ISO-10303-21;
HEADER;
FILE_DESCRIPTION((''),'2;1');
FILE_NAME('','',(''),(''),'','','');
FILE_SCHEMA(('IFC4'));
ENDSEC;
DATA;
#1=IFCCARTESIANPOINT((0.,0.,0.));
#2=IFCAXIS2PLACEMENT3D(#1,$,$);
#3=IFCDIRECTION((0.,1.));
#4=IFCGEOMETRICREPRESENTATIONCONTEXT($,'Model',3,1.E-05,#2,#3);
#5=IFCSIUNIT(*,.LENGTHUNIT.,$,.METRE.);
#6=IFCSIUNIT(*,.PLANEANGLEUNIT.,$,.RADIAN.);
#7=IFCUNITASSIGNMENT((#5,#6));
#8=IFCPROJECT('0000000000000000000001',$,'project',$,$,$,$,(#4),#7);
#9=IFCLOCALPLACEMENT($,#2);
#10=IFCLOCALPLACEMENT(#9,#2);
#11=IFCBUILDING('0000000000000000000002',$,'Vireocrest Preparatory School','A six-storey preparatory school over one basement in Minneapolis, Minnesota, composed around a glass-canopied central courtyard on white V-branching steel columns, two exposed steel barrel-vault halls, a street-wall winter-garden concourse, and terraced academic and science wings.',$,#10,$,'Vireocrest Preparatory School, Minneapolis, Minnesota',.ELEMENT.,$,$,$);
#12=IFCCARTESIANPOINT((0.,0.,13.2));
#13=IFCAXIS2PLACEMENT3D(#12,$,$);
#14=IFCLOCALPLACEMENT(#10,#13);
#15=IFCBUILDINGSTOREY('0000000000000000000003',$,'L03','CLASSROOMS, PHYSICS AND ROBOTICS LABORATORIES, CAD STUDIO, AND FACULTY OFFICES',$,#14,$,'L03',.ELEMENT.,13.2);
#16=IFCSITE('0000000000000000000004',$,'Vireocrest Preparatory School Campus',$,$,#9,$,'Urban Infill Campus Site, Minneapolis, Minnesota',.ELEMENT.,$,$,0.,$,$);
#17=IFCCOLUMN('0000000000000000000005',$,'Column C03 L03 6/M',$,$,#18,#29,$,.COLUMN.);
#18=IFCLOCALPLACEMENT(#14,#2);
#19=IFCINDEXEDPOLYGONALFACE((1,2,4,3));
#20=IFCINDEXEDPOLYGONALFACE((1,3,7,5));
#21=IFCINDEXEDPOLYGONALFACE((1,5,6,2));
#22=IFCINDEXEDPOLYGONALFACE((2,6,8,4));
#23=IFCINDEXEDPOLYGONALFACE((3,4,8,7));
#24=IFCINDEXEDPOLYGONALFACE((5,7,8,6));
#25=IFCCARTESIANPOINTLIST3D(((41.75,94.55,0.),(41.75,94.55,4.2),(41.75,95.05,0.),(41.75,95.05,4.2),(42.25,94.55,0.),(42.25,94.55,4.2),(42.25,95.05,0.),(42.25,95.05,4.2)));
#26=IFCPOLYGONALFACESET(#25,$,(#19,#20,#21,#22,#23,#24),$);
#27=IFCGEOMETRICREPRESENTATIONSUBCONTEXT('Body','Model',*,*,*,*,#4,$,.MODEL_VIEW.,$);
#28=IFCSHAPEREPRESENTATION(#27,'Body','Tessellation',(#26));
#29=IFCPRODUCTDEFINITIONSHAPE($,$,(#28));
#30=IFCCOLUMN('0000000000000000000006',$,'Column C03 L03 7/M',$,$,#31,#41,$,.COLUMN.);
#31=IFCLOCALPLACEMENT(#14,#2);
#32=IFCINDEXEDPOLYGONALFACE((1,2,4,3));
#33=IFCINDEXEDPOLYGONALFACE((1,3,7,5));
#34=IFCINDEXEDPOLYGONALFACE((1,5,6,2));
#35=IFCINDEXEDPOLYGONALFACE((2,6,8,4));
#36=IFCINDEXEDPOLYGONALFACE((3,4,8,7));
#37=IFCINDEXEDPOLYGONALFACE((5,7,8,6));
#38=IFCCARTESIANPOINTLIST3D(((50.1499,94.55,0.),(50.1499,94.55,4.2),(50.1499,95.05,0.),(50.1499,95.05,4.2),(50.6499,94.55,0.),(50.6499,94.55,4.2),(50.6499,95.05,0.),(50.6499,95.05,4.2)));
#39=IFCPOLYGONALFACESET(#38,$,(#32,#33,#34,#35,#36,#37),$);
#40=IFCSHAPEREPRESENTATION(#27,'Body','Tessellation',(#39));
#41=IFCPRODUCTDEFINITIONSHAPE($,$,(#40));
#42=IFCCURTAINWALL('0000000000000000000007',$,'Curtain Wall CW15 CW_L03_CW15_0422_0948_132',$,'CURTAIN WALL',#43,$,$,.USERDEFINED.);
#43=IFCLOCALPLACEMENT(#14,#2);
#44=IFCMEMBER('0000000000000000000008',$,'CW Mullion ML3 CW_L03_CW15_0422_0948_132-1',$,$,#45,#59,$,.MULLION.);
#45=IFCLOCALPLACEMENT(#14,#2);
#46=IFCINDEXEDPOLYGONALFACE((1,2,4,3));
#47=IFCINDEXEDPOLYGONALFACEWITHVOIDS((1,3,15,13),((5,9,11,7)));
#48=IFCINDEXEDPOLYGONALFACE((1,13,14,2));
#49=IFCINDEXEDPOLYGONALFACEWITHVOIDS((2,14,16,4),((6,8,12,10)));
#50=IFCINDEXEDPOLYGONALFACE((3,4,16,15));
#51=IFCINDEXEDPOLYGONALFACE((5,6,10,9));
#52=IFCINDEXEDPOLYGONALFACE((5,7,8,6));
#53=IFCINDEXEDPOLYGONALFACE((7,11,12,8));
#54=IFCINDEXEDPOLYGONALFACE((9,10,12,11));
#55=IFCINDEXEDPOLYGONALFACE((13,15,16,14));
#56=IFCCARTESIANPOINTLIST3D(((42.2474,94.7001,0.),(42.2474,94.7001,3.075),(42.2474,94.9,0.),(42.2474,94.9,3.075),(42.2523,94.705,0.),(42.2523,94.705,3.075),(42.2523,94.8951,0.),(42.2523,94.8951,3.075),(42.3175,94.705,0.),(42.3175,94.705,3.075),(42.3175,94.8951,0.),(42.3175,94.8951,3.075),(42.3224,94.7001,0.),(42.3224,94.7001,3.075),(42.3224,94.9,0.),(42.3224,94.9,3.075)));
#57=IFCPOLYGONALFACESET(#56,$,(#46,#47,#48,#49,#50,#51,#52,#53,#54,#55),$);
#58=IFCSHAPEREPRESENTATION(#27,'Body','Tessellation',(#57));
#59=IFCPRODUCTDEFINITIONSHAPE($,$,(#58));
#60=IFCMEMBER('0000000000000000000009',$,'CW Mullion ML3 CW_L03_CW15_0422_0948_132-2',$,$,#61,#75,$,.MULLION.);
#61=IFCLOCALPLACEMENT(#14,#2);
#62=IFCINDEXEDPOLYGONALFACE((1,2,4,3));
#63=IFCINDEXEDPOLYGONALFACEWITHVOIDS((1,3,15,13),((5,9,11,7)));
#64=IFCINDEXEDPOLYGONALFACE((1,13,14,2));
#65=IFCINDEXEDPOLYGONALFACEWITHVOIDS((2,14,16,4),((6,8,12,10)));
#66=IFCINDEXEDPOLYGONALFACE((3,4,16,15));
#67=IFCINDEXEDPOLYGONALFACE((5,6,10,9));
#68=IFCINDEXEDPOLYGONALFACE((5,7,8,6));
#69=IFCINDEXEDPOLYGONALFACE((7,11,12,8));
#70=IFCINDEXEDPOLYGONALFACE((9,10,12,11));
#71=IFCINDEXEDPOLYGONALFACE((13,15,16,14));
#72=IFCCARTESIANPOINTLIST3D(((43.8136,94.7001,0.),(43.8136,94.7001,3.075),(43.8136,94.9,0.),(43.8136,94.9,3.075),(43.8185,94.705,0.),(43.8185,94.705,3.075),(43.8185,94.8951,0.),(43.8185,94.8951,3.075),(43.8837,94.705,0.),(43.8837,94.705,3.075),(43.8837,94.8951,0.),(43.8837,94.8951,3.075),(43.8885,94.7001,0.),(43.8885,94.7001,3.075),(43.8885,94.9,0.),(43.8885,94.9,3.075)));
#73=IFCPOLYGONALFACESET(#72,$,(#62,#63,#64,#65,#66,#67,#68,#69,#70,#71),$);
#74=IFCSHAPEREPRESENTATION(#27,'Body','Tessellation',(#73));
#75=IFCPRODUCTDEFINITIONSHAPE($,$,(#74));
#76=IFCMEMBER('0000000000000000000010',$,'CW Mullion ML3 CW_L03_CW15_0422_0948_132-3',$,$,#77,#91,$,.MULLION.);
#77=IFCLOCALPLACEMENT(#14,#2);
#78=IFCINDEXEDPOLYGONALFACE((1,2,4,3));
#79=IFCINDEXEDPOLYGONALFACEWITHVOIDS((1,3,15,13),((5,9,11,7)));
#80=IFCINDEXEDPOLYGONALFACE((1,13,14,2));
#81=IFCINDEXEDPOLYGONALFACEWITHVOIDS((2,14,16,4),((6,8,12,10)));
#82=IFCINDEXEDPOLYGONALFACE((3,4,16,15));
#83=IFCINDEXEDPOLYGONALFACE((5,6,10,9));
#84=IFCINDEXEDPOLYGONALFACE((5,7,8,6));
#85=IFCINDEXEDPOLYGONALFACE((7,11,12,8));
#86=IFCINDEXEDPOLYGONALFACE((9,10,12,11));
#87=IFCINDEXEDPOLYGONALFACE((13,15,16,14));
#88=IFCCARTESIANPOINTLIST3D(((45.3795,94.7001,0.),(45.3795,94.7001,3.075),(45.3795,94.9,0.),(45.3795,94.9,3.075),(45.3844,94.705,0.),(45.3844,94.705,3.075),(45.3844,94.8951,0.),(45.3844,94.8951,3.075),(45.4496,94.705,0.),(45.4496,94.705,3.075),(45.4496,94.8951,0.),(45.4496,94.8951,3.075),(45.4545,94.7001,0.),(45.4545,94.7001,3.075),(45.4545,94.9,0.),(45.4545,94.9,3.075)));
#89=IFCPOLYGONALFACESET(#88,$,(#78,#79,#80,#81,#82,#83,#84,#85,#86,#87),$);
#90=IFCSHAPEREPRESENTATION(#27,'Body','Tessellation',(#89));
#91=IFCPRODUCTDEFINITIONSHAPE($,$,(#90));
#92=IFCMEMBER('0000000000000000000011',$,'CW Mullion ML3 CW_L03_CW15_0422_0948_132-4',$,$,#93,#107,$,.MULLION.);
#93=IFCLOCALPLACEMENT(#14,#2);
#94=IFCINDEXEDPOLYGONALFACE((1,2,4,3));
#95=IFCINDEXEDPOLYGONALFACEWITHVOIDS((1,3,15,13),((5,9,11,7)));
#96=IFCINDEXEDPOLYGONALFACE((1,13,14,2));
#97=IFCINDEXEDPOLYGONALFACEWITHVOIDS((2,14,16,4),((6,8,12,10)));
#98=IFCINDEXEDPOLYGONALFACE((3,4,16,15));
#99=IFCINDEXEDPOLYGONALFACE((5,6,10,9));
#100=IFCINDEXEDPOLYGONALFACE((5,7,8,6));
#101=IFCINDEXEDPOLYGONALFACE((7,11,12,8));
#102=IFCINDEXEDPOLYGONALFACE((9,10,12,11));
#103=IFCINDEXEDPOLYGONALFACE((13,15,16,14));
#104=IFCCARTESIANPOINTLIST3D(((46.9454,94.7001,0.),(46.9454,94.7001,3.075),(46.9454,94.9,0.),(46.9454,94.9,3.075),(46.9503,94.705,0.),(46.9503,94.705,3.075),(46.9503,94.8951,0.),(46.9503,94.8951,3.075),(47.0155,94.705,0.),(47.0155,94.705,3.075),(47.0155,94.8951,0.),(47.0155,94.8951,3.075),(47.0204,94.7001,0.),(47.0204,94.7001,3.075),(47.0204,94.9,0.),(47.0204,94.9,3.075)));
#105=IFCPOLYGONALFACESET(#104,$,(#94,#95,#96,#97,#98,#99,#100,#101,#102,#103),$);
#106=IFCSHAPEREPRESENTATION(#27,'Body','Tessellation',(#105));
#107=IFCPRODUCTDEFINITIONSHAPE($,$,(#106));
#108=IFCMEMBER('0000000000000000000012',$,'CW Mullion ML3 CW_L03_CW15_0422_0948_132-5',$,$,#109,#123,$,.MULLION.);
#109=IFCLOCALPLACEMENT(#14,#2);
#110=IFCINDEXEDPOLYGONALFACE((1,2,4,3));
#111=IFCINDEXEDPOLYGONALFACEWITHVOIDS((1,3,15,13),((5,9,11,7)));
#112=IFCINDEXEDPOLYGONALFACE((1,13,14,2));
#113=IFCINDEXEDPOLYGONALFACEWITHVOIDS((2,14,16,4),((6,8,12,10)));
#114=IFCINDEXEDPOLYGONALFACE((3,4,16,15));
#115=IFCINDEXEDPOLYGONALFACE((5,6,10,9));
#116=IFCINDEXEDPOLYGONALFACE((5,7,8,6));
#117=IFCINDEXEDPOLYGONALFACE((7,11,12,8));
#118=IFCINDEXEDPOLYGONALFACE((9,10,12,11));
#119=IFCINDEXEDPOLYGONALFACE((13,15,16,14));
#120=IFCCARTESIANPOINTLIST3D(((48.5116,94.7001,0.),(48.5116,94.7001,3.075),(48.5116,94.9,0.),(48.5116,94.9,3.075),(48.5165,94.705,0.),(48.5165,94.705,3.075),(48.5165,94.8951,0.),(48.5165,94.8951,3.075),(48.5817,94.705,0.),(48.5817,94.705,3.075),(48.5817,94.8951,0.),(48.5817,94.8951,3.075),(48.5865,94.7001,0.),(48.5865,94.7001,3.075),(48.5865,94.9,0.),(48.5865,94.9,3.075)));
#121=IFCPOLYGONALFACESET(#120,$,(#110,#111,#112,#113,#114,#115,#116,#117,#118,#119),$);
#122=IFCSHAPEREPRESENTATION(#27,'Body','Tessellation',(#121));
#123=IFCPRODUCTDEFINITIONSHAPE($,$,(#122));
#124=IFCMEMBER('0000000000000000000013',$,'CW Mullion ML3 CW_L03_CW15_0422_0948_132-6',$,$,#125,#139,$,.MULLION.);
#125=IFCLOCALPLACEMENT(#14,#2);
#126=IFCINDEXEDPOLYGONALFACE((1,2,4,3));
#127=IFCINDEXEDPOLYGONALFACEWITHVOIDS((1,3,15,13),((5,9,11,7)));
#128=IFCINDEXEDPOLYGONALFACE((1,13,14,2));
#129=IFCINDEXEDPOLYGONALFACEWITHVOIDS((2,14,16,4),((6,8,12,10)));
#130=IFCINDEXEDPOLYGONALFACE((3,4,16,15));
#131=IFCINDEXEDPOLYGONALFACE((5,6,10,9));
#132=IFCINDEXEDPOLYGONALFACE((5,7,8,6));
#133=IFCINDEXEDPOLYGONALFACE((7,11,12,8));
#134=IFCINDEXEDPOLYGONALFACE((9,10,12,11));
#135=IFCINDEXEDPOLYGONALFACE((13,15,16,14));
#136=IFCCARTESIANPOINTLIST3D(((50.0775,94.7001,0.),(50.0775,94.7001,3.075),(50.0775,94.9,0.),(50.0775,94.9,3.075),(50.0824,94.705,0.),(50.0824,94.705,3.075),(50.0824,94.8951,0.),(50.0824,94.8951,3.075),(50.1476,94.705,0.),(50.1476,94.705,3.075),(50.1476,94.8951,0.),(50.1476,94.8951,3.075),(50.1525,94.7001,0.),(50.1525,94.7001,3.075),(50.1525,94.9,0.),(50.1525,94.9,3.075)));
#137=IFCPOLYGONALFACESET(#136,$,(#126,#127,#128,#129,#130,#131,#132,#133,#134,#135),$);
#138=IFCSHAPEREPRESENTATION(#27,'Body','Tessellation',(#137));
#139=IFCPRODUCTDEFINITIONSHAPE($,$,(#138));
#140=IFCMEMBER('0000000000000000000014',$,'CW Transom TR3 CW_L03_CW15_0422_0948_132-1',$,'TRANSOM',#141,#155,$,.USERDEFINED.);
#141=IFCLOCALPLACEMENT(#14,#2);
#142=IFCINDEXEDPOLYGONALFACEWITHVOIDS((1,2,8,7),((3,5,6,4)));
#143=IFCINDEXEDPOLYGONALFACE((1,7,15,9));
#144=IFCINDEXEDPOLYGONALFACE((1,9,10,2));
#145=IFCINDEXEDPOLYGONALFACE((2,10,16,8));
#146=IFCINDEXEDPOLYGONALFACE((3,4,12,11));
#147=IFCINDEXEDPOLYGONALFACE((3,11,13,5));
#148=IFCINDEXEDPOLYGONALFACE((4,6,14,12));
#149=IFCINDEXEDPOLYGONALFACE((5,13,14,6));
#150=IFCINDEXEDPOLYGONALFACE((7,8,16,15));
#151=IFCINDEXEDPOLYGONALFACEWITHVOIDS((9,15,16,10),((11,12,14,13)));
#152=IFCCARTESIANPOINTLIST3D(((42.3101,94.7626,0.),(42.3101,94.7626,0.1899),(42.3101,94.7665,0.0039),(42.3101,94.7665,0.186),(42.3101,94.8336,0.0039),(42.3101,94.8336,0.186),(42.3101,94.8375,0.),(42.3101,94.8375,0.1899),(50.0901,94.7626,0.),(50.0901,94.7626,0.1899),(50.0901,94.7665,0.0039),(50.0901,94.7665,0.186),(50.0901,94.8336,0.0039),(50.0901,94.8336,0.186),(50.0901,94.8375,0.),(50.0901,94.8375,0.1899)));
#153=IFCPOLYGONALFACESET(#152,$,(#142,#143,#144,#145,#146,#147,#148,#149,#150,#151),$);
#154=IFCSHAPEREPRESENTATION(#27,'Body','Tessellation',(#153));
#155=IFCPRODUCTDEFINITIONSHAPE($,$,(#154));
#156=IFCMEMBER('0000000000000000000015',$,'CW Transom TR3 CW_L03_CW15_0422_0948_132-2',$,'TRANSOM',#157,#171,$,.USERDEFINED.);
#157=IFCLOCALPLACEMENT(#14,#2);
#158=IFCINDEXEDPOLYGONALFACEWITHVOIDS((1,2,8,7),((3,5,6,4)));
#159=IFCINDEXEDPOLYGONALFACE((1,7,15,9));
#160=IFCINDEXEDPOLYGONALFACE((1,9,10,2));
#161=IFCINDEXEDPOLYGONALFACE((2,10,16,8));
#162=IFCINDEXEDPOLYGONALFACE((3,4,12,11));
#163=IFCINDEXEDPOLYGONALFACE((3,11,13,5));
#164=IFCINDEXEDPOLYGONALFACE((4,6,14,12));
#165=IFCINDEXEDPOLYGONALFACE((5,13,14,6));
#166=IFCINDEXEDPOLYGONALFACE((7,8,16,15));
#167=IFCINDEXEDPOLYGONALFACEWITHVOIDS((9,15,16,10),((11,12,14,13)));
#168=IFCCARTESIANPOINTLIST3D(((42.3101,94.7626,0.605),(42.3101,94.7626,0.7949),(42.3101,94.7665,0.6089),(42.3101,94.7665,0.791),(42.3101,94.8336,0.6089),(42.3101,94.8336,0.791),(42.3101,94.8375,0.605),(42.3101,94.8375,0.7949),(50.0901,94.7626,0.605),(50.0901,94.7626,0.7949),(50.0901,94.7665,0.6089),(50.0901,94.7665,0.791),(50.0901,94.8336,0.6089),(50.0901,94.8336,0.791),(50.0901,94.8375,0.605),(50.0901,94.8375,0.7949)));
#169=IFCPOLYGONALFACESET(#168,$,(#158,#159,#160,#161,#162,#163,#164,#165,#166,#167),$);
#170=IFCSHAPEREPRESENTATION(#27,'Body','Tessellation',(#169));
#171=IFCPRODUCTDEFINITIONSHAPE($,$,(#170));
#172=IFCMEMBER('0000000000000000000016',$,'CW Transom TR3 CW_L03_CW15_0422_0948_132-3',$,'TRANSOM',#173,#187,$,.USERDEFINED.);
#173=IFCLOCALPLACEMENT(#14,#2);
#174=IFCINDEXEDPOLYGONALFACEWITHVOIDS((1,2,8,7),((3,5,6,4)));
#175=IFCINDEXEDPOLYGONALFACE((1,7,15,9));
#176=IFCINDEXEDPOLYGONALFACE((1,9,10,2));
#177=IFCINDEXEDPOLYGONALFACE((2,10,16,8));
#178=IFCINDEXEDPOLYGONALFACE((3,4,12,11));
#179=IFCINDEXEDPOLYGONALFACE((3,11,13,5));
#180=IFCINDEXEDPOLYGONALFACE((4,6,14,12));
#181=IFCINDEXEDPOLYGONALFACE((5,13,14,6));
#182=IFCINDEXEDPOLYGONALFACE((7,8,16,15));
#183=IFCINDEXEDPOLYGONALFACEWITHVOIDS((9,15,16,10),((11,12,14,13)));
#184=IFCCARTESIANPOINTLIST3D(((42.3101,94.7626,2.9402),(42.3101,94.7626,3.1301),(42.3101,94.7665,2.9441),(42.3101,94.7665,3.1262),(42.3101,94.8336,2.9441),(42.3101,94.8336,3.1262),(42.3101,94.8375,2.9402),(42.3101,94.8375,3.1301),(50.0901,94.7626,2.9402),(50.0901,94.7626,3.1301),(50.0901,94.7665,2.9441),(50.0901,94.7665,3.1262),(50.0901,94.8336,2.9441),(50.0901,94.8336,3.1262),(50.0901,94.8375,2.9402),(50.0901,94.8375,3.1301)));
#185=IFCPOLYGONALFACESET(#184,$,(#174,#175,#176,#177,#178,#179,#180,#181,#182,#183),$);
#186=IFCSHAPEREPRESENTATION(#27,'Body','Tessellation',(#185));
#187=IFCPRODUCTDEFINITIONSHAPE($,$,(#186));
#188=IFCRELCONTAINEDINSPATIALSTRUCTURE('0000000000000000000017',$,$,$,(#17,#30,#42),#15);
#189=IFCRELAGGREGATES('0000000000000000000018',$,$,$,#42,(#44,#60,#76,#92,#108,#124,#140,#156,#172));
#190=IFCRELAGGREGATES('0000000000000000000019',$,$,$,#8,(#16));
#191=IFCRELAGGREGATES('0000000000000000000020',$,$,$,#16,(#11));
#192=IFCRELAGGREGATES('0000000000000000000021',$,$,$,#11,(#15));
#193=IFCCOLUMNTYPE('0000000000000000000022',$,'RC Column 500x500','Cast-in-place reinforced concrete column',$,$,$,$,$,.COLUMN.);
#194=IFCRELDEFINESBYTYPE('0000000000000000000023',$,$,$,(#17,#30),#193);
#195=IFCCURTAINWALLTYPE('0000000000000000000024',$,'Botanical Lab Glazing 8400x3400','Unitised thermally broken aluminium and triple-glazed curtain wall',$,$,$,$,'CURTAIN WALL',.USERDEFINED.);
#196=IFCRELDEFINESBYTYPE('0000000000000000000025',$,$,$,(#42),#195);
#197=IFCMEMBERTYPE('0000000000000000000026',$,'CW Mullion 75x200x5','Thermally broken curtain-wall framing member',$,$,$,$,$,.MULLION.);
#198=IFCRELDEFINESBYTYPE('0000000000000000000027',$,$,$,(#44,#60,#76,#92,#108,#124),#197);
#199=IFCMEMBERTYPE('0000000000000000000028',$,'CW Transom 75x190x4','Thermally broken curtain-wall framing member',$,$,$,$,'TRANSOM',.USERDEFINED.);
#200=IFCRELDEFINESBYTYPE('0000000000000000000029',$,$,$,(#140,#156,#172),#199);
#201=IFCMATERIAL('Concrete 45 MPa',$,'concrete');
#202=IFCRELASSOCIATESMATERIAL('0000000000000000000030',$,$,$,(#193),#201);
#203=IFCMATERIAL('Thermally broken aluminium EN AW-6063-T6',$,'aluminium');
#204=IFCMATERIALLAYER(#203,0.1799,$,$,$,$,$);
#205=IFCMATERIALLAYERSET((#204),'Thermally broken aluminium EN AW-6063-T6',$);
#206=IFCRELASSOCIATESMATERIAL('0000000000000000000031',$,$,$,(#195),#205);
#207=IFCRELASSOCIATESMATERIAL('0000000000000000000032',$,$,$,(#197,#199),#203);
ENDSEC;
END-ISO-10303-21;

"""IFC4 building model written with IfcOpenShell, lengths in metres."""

from ifc_helpers import new_model, si_unit, direction, frame, origin, origin_2d, place, context, subcontext, project, spatial, rectangle, hollow_rectangle, extrude, material, layer, layer_set, material_profile, profile_set, type_object, element, aggregate, save


model = new_model("IFC4")

# Units and contexts
model_context = context("Model", 3, precision=1e-05, world=origin(), true_north=direction((0.0, 1.0)))
body_context = subcontext(model_context, "Body", "Model", "MODEL_VIEW")
ifc_project = project(units=[si_unit("LENGTHUNIT", "METRE"), si_unit("PLANEANGLEUNIT", "RADIAN")], contexts=[model_context])

# Site, building, storey
site_placement = place(None, origin())
site = spatial("IfcSite", under=ifc_project, at=site_placement, Name="Vireocrest Preparatory School Campus", LongName="Urban Infill Campus Site, Minneapolis, Minnesota", CompositionType="ELEMENT", RefElevation=0.0)
building_placement = place(site_placement, origin())
building = spatial("IfcBuilding", under=site, at=building_placement, Name="Vireocrest Preparatory School", Description="A six-storey preparatory school over one basement in Minneapolis, Minnesota, composed around a glass-canopied central courtyard on white V-branching steel columns, two exposed steel barrel-vault halls, a street-wall winter-garden concourse, and terraced academic and science wings.", LongName="Vireocrest Preparatory School, Minneapolis, Minnesota", CompositionType="ELEMENT")
storey_placement = place(building_placement, frame((0.0, 0.0, 13.2)))
storey = spatial("IfcBuildingStorey", under=building, at=storey_placement, Name="L03", Description="CLASSROOMS, PHYSICS AND ROBOTICS LABORATORIES, CAD STUDIO, AND FACULTY OFFICES", LongName="L03", CompositionType="ELEMENT", Elevation=13.2)

# Columns
ifc_material_1 = material(Name="Concrete 45 MPa", Category="concrete")
ifc_material_profile_1 = material_profile(ifc_material_1, rectangle(XDim=0.5, YDim=0.5, at=origin_2d()), Name="RC 500x500")
ifc_profile_set_1 = profile_set([ifc_material_profile_1], Name="Concrete 45 MPa")
column_type = type_object("IfcColumnType", Name="RC Column 500x500", Description="Cast-in-place reinforced concrete column", PredefinedType="COLUMN", material=ifc_profile_set_1)
for number, where, z_axis, x_axis, name in (
    (1, (42.0, 94.8, 0.0), (0.0, 0.0, 1.0), (1.0, 0.0, 0.0), "Column C03 L03 6/M"),
    (2, (50.3999, 94.8, 0.0), (0.0, 0.0, 1.0), (1.0, 0.0, 0.0), "Column C03 L03 7/M"),
):
    element("IfcColumn", number, at=place(storey_placement, frame(where, z_axis=z_axis, x_axis=x_axis)), inside=storey, type_object=column_type, Name=name, PredefinedType="COLUMN", context=body_context, shape_type="SweptSolid", body=[
        extrude(rectangle(XDim=0.5, YDim=0.5, at=origin_2d()), origin(), (0.0, 0.0, 1.0), 4.2),
    ])

# Curtain wall, members
ifc_material_2 = material(Name="Thermally broken aluminium EN AW-6063-T6", Category="aluminium")
ifc_layer_1 = layer(ifc_material_2, 0.1799)
ifc_layer_set_1 = layer_set([ifc_layer_1], Name="Thermally broken aluminium EN AW-6063-T6")
curtain_wall_type = type_object("IfcCurtainWallType", Name="Botanical Lab Glazing 8400x3400", Description="Unitised thermally broken aluminium and triple-glazed curtain wall", ElementType="CURTAIN WALL", PredefinedType="USERDEFINED", material=ifc_layer_set_1)
curtain_wall_placement = place(storey_placement, origin())
curtain_wall = element("IfcCurtainWall", 3, at=curtain_wall_placement, inside=storey, type_object=curtain_wall_type, Name="Curtain Wall CW15 CW_L03_CW15_0422_0948_132", ObjectType="CURTAIN WALL", PredefinedType="USERDEFINED")
ifc_material_profile_2 = material_profile(ifc_material_2, hollow_rectangle(XDim=0.075, YDim=0.2, WallThickness=0.0049, at=origin_2d()), Name="ALU 75x200x5")
ifc_profile_set_2 = profile_set([ifc_material_profile_2], Name="Thermally broken aluminium EN AW-6063-T6")
member_type_1 = type_object("IfcMemberType", Name="CW Mullion 75x200x5", Description="Thermally broken curtain-wall framing member", PredefinedType="MULLION", material=ifc_profile_set_2)
member_1_placement = place(storey_placement, frame((42.2849, 94.8, 0.0), z_axis=(0.0, 0.0, 1.0), x_axis=(1.0, 0.0, 0.0)))
member_1 = element("IfcMember", 4, at=member_1_placement, type_object=member_type_1, Name="CW Mullion ML3 CW_L03_CW15_0422_0948_132-1", PredefinedType="MULLION", context=body_context, shape_type="SweptSolid", body=[
    extrude(hollow_rectangle(XDim=0.075, YDim=0.2, WallThickness=0.0049, at=origin_2d()), origin(), (0.0, 0.0, 1.0), 3.075),
])
member_2_placement = place(storey_placement, frame((43.8511, 94.8, 0.0), z_axis=(0.0, 0.0, 1.0), x_axis=(1.0, 0.0, 0.0)))
member_2 = element("IfcMember", 5, at=member_2_placement, type_object=member_type_1, Name="CW Mullion ML3 CW_L03_CW15_0422_0948_132-2", PredefinedType="MULLION", context=body_context, shape_type="SweptSolid", body=[
    extrude(hollow_rectangle(XDim=0.075, YDim=0.2, WallThickness=0.0049, at=origin_2d()), origin(), (0.0, 0.0, 1.0), 3.075),
])
member_3_placement = place(storey_placement, frame((45.417, 94.8, 0.0), z_axis=(0.0, 0.0, 1.0), x_axis=(1.0, 0.0, 0.0)))
member_3 = element("IfcMember", 6, at=member_3_placement, type_object=member_type_1, Name="CW Mullion ML3 CW_L03_CW15_0422_0948_132-3", PredefinedType="MULLION", context=body_context, shape_type="SweptSolid", body=[
    extrude(hollow_rectangle(XDim=0.075, YDim=0.2, WallThickness=0.0049, at=origin_2d()), origin(), (0.0, 0.0, 1.0), 3.075),
])
member_4_placement = place(storey_placement, frame((46.9829, 94.8, 0.0), z_axis=(0.0, 0.0, 1.0), x_axis=(1.0, 0.0, 0.0)))
member_4 = element("IfcMember", 7, at=member_4_placement, type_object=member_type_1, Name="CW Mullion ML3 CW_L03_CW15_0422_0948_132-4", PredefinedType="MULLION", context=body_context, shape_type="SweptSolid", body=[
    extrude(hollow_rectangle(XDim=0.075, YDim=0.2, WallThickness=0.0049, at=origin_2d()), origin(), (0.0, 0.0, 1.0), 3.075),
])
member_5_placement = place(storey_placement, frame((48.5491, 94.8, 0.0), z_axis=(0.0, 0.0, 1.0), x_axis=(1.0, 0.0, 0.0)))
member_5 = element("IfcMember", 8, at=member_5_placement, type_object=member_type_1, Name="CW Mullion ML3 CW_L03_CW15_0422_0948_132-5", PredefinedType="MULLION", context=body_context, shape_type="SweptSolid", body=[
    extrude(hollow_rectangle(XDim=0.075, YDim=0.2, WallThickness=0.0049, at=origin_2d()), origin(), (0.0, 0.0, 1.0), 3.075),
])
member_6_placement = place(storey_placement, frame((50.115, 94.8, 0.0), z_axis=(0.0, 0.0, 1.0), x_axis=(1.0, 0.0, 0.0)))
member_6 = element("IfcMember", 9, at=member_6_placement, type_object=member_type_1, Name="CW Mullion ML3 CW_L03_CW15_0422_0948_132-6", PredefinedType="MULLION", context=body_context, shape_type="SweptSolid", body=[
    extrude(hollow_rectangle(XDim=0.075, YDim=0.2, WallThickness=0.0049, at=origin_2d()), origin(), (0.0, 0.0, 1.0), 3.075),
])
ifc_material_profile_3 = material_profile(ifc_material_2, hollow_rectangle(XDim=0.075, YDim=0.1899, WallThickness=0.0039, at=origin_2d()), Name="ALU 75x190x4")
ifc_profile_set_3 = profile_set([ifc_material_profile_3], Name="Thermally broken aluminium EN AW-6063-T6")
member_type_2 = type_object("IfcMemberType", Name="CW Transom 75x190x4", Description="Thermally broken curtain-wall framing member", ElementType="TRANSOM", PredefinedType="USERDEFINED", material=ifc_profile_set_3)
member_7_placement = place(storey_placement, frame((42.3101, 94.8, 0.095), z_axis=(1.0, 0.0, 0.0), x_axis=(0.0, 1.0, 0.0)))
member_7 = element("IfcMember", 10, at=member_7_placement, type_object=member_type_2, Name="CW Transom TR3 CW_L03_CW15_0422_0948_132-1", ObjectType="TRANSOM", PredefinedType="USERDEFINED", context=body_context, shape_type="SweptSolid", body=[
    extrude(hollow_rectangle(XDim=0.075, YDim=0.1899, WallThickness=0.0039, at=origin_2d()), origin(), (0.0, 0.0, 1.0), 7.78),
])
member_8_placement = place(storey_placement, frame((42.3101, 94.8, 0.7), z_axis=(1.0, 0.0, 0.0), x_axis=(0.0, 1.0, 0.0)))
member_8 = element("IfcMember", 11, at=member_8_placement, type_object=member_type_2, Name="CW Transom TR3 CW_L03_CW15_0422_0948_132-2", ObjectType="TRANSOM", PredefinedType="USERDEFINED", context=body_context, shape_type="SweptSolid", body=[
    extrude(hollow_rectangle(XDim=0.075, YDim=0.1899, WallThickness=0.0039, at=origin_2d()), origin(), (0.0, 0.0, 1.0), 7.78),
])
member_9_placement = place(storey_placement, frame((42.3101, 94.8, 3.0352), z_axis=(1.0, 0.0, 0.0), x_axis=(0.0, 1.0, 0.0)))
member_9 = element("IfcMember", 12, at=member_9_placement, type_object=member_type_2, Name="CW Transom TR3 CW_L03_CW15_0422_0948_132-3", ObjectType="TRANSOM", PredefinedType="USERDEFINED", context=body_context, shape_type="SweptSolid", body=[
    extrude(hollow_rectangle(XDim=0.075, YDim=0.1899, WallThickness=0.0039, at=origin_2d()), origin(), (0.0, 0.0, 1.0), 7.78),
])

aggregate(curtain_wall, [member_1, member_2, member_3, member_4, member_5, member_6, member_7, member_8, member_9])

save(model, "model.ifc")
